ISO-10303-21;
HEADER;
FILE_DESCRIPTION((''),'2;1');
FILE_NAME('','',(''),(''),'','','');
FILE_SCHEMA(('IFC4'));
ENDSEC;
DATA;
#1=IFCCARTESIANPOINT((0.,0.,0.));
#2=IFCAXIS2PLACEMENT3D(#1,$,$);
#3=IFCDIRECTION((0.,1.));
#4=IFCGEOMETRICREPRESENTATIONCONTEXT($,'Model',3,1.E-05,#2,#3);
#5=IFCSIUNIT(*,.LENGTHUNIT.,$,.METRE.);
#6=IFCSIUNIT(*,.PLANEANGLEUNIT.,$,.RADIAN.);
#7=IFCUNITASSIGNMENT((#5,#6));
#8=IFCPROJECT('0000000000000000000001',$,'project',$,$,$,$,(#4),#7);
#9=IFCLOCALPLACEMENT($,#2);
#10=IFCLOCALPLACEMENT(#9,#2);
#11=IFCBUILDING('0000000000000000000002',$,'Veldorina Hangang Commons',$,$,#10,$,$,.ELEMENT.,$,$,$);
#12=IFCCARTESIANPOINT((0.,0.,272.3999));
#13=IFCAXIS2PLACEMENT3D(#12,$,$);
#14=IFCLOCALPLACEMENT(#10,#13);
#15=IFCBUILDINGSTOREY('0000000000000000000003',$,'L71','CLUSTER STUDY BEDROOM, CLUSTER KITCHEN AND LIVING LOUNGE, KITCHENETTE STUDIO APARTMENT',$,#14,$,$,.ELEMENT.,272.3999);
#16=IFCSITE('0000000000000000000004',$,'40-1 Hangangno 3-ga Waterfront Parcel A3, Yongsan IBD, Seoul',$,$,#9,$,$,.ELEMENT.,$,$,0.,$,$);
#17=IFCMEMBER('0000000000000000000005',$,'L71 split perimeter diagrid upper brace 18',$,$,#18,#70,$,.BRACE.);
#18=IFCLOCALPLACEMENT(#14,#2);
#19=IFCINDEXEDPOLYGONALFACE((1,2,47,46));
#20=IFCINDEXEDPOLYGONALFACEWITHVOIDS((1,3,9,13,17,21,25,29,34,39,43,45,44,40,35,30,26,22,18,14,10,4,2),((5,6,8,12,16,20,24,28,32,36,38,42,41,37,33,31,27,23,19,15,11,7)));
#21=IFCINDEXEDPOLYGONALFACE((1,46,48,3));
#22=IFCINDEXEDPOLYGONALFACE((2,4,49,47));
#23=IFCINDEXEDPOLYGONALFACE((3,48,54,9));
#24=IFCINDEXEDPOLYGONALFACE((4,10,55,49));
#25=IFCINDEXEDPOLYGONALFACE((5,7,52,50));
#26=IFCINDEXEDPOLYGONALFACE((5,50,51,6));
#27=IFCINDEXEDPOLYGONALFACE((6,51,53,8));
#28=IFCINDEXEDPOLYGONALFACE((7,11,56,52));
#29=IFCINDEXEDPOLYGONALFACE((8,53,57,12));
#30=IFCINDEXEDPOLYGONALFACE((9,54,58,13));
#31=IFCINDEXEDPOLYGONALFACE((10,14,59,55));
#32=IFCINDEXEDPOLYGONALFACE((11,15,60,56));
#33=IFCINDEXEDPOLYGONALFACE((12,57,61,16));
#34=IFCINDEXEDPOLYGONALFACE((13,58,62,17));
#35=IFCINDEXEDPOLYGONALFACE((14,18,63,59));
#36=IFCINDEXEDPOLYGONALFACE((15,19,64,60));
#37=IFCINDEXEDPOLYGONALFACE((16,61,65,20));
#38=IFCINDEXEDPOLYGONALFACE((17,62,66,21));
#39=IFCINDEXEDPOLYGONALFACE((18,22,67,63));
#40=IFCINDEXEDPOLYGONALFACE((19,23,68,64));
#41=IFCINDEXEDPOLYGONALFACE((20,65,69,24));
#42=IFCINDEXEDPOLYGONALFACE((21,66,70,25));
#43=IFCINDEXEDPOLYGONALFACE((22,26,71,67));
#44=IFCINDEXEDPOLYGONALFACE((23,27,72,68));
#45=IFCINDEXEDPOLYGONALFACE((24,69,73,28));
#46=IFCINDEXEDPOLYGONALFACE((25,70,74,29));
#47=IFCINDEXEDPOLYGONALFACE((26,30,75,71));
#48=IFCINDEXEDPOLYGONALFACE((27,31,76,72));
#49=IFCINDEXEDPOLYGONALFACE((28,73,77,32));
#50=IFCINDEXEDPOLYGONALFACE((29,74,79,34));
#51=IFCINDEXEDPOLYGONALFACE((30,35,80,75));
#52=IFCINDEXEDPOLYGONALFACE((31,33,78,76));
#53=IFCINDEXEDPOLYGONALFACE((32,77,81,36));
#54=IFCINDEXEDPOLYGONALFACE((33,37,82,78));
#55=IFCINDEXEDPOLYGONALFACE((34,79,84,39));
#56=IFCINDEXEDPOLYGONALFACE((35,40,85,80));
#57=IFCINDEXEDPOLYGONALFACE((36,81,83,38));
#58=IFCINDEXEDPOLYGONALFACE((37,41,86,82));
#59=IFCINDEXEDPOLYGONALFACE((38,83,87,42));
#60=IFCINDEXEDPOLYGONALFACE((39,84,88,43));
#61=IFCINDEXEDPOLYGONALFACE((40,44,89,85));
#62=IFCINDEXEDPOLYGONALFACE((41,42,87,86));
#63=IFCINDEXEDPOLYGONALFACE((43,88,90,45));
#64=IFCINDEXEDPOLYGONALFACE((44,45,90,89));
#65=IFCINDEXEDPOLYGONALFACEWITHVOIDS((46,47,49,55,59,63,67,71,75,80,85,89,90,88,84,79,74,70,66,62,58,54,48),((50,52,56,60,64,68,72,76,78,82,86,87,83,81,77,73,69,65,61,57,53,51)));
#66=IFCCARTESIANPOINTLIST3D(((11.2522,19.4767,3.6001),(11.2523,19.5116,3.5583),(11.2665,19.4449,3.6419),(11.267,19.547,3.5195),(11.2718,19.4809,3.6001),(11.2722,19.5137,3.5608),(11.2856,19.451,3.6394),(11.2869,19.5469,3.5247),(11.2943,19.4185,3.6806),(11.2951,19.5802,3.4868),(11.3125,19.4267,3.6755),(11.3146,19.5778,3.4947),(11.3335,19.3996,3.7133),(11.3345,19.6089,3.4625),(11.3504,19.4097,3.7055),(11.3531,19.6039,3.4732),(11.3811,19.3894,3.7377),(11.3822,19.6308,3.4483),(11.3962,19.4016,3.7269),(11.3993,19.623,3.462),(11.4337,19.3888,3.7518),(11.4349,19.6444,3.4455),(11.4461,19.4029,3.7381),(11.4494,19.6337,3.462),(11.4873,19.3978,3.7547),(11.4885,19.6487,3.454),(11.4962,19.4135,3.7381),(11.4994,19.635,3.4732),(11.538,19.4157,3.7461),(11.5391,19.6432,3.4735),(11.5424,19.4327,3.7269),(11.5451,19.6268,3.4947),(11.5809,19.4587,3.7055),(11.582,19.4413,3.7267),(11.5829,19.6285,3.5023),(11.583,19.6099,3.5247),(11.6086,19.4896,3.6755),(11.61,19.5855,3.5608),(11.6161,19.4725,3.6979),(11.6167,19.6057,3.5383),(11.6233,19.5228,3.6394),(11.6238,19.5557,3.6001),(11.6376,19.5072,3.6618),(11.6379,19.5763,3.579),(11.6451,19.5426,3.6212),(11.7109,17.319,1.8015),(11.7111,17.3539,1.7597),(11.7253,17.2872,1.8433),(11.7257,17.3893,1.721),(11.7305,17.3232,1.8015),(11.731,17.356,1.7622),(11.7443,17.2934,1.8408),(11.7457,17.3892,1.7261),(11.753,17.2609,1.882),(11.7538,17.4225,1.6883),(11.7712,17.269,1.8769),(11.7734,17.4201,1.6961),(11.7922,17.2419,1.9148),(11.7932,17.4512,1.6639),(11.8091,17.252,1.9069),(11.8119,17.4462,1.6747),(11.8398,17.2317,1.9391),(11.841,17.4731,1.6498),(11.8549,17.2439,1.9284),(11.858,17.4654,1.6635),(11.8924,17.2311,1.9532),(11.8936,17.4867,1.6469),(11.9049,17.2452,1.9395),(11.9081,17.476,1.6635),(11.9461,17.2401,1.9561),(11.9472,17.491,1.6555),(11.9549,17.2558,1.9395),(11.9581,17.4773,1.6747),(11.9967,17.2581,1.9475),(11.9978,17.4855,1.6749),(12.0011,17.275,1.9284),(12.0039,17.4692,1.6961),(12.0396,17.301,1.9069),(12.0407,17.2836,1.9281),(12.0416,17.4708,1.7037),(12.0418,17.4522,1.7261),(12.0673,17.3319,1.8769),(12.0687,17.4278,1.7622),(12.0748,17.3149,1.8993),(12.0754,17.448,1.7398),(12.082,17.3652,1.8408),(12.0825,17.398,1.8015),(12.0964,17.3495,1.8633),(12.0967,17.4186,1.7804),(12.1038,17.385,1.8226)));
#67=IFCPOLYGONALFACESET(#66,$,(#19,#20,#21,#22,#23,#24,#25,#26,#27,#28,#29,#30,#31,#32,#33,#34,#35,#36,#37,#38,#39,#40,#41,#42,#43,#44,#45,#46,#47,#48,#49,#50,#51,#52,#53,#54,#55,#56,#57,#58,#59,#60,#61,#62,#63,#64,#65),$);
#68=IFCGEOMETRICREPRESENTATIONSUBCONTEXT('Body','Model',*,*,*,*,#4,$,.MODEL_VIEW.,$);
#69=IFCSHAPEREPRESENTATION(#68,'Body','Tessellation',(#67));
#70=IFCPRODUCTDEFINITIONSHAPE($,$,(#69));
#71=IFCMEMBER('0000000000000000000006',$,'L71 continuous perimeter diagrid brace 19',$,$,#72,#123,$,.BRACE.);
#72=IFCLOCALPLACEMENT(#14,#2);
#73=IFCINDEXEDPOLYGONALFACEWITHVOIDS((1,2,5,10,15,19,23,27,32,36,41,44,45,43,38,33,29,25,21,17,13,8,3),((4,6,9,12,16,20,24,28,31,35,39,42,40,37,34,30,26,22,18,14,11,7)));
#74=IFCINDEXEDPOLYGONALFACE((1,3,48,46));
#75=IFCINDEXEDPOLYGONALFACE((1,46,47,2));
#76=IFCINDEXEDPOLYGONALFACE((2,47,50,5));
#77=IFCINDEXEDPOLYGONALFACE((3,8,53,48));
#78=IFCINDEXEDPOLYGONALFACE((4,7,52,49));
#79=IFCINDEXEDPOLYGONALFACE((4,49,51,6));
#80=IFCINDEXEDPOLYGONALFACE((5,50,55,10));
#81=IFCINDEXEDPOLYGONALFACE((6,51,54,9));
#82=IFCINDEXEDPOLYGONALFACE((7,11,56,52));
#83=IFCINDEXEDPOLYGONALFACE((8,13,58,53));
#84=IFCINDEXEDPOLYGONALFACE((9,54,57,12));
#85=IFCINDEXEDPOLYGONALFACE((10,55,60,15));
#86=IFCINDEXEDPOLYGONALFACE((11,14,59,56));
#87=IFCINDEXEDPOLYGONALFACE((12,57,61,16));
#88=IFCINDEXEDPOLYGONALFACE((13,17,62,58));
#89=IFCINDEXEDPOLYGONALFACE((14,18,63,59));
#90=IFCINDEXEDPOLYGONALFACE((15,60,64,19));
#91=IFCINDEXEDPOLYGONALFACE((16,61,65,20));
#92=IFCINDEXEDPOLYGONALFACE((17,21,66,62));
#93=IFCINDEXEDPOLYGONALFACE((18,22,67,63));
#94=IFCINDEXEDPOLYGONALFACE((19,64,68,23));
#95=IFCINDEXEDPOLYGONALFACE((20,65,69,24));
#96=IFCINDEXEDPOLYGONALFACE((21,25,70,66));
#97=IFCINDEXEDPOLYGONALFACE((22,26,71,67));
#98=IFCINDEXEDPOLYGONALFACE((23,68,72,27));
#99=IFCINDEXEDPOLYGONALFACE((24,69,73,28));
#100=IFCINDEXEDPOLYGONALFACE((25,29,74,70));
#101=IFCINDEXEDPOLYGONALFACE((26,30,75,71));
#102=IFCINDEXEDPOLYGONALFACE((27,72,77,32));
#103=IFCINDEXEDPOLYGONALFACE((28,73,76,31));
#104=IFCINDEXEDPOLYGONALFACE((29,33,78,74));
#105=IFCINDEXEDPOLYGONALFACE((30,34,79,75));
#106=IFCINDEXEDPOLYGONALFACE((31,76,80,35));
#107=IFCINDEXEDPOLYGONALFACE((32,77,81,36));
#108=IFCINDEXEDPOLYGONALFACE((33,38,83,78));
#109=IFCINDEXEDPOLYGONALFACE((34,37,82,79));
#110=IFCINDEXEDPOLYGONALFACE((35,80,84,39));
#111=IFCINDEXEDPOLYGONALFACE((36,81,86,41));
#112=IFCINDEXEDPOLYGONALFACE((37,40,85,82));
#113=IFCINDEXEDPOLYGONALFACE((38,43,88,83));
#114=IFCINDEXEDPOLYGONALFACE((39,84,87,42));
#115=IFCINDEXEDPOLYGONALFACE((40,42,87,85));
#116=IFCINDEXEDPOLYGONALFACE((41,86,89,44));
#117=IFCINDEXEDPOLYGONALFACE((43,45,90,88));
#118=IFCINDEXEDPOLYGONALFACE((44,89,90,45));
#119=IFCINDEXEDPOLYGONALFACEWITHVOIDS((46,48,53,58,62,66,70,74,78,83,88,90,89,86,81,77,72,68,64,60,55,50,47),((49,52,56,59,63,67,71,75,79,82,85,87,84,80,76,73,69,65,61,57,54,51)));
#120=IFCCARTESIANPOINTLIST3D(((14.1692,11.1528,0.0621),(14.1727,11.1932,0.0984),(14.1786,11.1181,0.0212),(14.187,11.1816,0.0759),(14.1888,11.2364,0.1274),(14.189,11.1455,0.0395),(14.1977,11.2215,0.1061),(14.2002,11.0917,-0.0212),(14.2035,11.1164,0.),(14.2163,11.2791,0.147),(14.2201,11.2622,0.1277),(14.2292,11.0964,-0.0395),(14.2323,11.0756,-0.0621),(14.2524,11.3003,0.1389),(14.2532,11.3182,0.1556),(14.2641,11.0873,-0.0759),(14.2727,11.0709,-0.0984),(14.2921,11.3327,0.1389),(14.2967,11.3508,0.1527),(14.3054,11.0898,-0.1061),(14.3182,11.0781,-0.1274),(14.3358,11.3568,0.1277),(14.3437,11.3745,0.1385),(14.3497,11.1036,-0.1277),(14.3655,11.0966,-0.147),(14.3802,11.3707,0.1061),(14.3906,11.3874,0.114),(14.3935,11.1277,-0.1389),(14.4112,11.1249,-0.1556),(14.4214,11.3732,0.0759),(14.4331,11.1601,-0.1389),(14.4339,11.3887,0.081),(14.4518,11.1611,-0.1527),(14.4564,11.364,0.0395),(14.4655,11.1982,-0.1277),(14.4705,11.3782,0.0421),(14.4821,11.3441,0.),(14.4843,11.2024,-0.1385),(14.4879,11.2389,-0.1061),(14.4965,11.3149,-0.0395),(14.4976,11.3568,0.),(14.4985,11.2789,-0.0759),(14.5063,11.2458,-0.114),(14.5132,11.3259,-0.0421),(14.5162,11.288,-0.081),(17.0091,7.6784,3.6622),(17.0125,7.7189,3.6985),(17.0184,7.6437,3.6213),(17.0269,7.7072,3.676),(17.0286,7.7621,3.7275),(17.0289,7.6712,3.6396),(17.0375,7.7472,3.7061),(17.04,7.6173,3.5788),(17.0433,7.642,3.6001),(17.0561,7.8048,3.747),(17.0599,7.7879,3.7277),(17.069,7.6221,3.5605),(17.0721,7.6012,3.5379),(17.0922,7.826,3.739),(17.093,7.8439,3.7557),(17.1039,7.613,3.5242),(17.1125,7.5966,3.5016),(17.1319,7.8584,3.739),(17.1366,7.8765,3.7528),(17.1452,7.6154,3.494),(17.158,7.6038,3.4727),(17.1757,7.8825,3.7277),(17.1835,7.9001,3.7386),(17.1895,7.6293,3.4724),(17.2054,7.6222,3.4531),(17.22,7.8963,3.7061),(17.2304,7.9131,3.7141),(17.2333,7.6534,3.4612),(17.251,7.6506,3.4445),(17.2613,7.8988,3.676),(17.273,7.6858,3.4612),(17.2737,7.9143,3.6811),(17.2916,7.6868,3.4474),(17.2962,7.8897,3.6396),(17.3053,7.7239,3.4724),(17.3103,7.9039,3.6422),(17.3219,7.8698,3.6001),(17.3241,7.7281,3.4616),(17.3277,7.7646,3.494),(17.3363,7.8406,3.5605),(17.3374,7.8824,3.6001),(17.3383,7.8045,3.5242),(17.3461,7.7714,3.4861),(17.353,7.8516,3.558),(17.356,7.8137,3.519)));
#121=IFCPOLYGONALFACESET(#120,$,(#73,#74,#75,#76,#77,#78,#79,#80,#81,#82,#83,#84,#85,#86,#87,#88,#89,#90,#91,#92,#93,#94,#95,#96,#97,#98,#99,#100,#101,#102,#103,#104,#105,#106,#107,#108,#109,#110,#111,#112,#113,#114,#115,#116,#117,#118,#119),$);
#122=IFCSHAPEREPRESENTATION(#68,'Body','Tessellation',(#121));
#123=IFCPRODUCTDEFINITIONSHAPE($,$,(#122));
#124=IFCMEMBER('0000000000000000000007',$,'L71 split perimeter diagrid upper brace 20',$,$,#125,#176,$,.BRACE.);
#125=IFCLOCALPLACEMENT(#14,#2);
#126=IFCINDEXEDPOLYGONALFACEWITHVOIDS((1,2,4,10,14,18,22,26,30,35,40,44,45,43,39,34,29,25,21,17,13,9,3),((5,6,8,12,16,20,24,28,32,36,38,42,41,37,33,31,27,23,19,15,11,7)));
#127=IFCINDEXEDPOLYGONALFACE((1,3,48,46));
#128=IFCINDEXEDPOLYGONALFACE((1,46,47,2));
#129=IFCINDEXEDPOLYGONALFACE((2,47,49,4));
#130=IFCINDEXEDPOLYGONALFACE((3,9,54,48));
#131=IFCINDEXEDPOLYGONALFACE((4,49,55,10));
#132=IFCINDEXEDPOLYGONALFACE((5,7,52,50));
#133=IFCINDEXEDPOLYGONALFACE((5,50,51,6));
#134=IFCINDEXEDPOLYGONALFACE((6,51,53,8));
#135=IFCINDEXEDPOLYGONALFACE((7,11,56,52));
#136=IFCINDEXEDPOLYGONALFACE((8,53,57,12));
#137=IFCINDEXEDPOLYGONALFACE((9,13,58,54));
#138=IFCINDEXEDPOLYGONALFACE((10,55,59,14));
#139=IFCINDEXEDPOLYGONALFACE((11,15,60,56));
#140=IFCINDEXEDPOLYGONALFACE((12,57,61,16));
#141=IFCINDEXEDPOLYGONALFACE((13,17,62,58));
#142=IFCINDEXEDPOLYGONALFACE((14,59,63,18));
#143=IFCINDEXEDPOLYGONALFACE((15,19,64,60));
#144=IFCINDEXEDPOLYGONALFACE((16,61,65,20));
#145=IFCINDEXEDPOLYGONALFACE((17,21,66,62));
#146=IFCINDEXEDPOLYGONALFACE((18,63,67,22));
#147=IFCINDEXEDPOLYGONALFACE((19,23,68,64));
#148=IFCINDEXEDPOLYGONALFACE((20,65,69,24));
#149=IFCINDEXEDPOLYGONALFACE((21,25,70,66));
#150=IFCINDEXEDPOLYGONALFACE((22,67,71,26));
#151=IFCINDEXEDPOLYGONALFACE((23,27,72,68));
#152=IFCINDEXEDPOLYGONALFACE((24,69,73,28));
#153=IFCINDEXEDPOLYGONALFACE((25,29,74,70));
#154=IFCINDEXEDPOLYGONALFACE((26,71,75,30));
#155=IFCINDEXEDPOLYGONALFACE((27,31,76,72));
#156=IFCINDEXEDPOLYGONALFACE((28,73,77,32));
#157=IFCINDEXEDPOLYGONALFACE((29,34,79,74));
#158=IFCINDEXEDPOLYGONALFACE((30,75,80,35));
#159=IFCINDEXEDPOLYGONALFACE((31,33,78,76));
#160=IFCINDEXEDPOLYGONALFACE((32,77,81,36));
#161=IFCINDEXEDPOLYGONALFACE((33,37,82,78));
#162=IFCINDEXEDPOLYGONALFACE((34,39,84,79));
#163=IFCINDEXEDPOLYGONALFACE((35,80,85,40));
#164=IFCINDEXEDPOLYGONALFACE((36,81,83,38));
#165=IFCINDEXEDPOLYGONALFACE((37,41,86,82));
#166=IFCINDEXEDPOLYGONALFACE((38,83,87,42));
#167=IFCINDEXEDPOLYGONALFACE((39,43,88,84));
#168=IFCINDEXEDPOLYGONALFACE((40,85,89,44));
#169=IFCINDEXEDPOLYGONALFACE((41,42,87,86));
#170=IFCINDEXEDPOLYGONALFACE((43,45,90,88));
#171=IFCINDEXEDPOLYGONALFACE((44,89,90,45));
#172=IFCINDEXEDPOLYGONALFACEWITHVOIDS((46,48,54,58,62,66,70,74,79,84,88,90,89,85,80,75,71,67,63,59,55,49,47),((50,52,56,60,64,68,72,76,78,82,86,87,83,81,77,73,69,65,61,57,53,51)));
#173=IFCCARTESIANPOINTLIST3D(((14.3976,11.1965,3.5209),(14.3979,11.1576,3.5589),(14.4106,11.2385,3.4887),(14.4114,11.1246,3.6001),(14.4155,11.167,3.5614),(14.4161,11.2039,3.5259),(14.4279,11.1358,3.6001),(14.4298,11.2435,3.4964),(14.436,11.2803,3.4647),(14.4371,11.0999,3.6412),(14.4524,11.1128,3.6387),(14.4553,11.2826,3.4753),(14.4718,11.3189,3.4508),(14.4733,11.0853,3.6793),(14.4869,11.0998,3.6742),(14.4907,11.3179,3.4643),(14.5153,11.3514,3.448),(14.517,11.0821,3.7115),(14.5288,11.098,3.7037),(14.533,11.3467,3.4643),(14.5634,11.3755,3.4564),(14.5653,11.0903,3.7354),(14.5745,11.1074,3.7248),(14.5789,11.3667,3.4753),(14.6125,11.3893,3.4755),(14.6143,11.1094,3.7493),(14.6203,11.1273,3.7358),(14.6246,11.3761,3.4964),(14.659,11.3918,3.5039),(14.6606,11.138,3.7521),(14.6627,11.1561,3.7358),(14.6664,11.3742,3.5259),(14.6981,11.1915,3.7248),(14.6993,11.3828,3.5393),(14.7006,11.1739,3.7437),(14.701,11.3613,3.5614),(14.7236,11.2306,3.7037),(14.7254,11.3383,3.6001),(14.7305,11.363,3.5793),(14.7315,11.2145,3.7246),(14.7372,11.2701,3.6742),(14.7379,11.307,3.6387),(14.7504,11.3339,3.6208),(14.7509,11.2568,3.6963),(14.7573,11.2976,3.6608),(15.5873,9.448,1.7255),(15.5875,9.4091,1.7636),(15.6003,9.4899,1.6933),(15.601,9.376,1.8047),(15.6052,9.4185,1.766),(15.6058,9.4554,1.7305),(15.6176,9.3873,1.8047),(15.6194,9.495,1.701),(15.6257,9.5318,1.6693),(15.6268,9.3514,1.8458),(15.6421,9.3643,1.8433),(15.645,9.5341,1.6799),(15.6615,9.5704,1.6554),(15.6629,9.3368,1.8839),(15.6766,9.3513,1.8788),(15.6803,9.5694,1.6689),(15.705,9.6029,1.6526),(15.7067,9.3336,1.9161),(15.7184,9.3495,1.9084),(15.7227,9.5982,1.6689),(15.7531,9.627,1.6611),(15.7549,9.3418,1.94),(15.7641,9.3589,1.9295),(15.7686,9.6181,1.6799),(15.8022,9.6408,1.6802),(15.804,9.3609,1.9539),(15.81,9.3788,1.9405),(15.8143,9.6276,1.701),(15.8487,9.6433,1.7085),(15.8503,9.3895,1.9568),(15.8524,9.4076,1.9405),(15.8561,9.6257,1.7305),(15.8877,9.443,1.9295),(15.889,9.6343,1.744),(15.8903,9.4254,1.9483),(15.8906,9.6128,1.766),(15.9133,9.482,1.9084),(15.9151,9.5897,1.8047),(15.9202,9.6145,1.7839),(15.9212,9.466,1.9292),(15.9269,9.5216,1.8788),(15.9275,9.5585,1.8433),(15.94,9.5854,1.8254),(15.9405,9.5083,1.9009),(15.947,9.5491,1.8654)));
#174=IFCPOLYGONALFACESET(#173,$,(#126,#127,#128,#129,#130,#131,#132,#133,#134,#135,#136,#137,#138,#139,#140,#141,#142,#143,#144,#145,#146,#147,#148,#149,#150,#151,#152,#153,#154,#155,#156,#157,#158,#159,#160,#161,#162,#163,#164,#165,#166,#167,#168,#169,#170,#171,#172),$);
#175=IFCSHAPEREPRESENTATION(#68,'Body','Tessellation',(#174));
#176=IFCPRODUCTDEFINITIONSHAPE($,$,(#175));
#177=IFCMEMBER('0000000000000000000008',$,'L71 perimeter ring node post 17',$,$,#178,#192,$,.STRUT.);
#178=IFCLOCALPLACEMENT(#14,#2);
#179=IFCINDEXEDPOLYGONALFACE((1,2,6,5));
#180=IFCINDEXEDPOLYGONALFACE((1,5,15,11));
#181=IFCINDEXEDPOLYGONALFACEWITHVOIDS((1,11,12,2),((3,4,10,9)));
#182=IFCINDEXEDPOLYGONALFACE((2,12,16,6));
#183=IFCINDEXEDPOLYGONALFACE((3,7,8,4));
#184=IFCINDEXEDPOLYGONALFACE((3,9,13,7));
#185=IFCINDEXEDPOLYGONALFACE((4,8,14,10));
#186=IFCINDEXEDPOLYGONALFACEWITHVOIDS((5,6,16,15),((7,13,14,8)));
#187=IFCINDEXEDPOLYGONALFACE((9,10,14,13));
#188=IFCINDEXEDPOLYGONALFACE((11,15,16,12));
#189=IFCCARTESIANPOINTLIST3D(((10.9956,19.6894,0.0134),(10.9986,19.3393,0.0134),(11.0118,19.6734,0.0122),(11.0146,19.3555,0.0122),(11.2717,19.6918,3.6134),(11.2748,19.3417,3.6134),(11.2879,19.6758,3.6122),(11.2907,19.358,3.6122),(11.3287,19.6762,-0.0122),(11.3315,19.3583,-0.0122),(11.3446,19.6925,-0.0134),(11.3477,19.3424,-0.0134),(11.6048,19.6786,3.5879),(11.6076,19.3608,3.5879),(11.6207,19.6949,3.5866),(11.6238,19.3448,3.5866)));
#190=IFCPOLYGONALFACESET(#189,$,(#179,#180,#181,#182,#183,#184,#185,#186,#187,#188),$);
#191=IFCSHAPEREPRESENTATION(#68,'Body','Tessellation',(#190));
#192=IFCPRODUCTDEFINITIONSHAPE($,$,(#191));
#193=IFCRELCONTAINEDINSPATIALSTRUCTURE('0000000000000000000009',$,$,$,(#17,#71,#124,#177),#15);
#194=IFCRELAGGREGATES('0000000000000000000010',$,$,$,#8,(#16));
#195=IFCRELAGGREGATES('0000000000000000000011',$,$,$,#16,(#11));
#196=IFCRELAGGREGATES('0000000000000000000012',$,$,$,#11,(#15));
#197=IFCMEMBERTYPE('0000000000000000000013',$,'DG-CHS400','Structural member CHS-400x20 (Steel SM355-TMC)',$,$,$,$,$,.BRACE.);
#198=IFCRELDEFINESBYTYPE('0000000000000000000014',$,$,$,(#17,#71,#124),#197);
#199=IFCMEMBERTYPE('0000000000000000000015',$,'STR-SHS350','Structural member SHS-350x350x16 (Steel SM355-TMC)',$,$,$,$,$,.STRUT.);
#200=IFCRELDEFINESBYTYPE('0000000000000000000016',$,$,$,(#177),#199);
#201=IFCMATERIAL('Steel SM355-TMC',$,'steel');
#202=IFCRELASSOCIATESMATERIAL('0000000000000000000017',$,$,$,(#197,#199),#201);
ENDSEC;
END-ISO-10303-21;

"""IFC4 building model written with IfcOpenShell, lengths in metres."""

from ifc_helpers import new_model, si_unit, direction, frame, origin, origin_2d, place, context, subcontext, project, spatial, hollow_rectangle, hollow_circle, extrude, material, material_profile, profile_set, type_object, element, save


model = new_model("IFC4")

# Units and contexts
model_context = context("Model", 3, precision=1e-05, world=origin(), true_north=direction((0.0, 1.0)))
body_context = subcontext(model_context, "Body", "Model", "MODEL_VIEW")
ifc_project = project(units=[si_unit("LENGTHUNIT", "METRE"), si_unit("PLANEANGLEUNIT", "RADIAN")], contexts=[model_context])

# Site, building, storey
site_placement = place(None, origin())
site = spatial("IfcSite", under=ifc_project, at=site_placement, Name="40-1 Hangangno 3-ga Waterfront Parcel A3, Yongsan IBD, Seoul", CompositionType="ELEMENT", RefElevation=0.0)
building_placement = place(site_placement, origin())
building = spatial("IfcBuilding", under=site, at=building_placement, Name="Veldorina Hangang Commons", CompositionType="ELEMENT")
storey_placement = place(building_placement, frame((0.0, 0.0, 272.3999)))
storey = spatial("IfcBuildingStorey", under=building, at=storey_placement, Name="L71", Description="CLUSTER STUDY BEDROOM, CLUSTER KITCHEN AND LIVING LOUNGE, KITCHENETTE STUDIO APARTMENT", CompositionType="ELEMENT", Elevation=272.3999)

# Shared definitions
ifc_material_1 = material(Name="Steel SM355-TMC", Category="steel")

# Members
ifc_material_profile_1 = material_profile(ifc_material_1, hollow_circle(Radius=0.2, WallThickness=0.02, at=origin_2d()), Name="CHS-400x20")
ifc_profile_set_1 = profile_set([ifc_material_profile_1], Name="Steel SM355-TMC")
member_type_1 = type_object("IfcMemberType", Name="DG-CHS400", Description="Structural member CHS-400x20 (Steel SM355-TMC)", PredefinedType="BRACE", material=ifc_profile_set_1)
member_1_placement = place(storey_placement, frame((11.9065, 17.3606, 1.8015), z_axis=(-0.161174, 0.758093, 0.631916), x_axis=(-0.978138, -0.207957, 0.0)))
element("IfcMember", 1, at=member_1_placement, inside=storey, type_object=member_type_1, Name="L71 split perimeter diagrid upper brace 18", PredefinedType="BRACE", context=body_context, shape_type="SweptSolid", body=[
    extrude(hollow_circle(Radius=0.2, WallThickness=0.02, at=origin_2d()), origin(), (0.0, 0.0, 1.0), 2.8462),
])
member_2_placement = place(storey_placement, frame((14.3428, 11.2302, 0.0), z_axis=(0.493631, -0.603926, 0.625781), x_axis=(0.774265, 0.632861, 0.0)))
element("IfcMember", 2, at=member_2_placement, inside=storey, type_object=member_type_1, Name="L71 continuous perimeter diagrid brace 19", PredefinedType="BRACE", context=body_context, shape_type="SweptSolid", body=[
    extrude(hollow_circle(Radius=0.2, WallThickness=0.02, at=origin_2d()), origin(), (0.0, 0.0, 1.0), 5.7529),
])
member_3_placement = place(storey_placement, frame((15.7664, 9.4885, 1.8047), z_axis=(-0.428842, 0.630282, 0.647178), x_axis=(-0.826774, -0.562534, 0.0)))
element("IfcMember", 3, at=member_3_placement, inside=storey, type_object=member_type_1, Name="L71 split perimeter diagrid upper brace 20", PredefinedType="BRACE", context=body_context, shape_type="SweptSolid", body=[
    extrude(hollow_circle(Radius=0.2, WallThickness=0.02, at=origin_2d()), origin(), (0.0, 0.0, 1.0), 2.7742),
])
ifc_material_profile_2 = material_profile(ifc_material_1, hollow_rectangle(XDim=0.3501, YDim=0.3501, WallThickness=0.0161, at=origin_2d()), Name="SHS-350x350x16")
ifc_profile_set_2 = profile_set([ifc_material_profile_2], Name="Steel SM355-TMC")
member_type_2 = type_object("IfcMemberType", Name="STR-SHS350", Description="Structural member SHS-350x350x16 (Steel SM355-TMC)", PredefinedType="STRUT", material=ifc_profile_set_2)
member_4_placement = place(storey_placement, frame((11.1716, 19.5159, 0.0), z_axis=(0.076474, 0.000676, 0.997071), x_axis=(-0.008841, 0.999961, 0.0)))
element("IfcMember", 4, at=member_4_placement, inside=storey, type_object=member_type_2, Name="L71 perimeter ring node post 17", PredefinedType="STRUT", context=body_context, shape_type="SweptSolid", body=[
    extrude(hollow_rectangle(XDim=0.3501, YDim=0.3501, WallThickness=0.0161, at=origin_2d()), origin(), (0.0, 0.0, 1.0), 3.6106),
])

save(model, "model.ifc")
